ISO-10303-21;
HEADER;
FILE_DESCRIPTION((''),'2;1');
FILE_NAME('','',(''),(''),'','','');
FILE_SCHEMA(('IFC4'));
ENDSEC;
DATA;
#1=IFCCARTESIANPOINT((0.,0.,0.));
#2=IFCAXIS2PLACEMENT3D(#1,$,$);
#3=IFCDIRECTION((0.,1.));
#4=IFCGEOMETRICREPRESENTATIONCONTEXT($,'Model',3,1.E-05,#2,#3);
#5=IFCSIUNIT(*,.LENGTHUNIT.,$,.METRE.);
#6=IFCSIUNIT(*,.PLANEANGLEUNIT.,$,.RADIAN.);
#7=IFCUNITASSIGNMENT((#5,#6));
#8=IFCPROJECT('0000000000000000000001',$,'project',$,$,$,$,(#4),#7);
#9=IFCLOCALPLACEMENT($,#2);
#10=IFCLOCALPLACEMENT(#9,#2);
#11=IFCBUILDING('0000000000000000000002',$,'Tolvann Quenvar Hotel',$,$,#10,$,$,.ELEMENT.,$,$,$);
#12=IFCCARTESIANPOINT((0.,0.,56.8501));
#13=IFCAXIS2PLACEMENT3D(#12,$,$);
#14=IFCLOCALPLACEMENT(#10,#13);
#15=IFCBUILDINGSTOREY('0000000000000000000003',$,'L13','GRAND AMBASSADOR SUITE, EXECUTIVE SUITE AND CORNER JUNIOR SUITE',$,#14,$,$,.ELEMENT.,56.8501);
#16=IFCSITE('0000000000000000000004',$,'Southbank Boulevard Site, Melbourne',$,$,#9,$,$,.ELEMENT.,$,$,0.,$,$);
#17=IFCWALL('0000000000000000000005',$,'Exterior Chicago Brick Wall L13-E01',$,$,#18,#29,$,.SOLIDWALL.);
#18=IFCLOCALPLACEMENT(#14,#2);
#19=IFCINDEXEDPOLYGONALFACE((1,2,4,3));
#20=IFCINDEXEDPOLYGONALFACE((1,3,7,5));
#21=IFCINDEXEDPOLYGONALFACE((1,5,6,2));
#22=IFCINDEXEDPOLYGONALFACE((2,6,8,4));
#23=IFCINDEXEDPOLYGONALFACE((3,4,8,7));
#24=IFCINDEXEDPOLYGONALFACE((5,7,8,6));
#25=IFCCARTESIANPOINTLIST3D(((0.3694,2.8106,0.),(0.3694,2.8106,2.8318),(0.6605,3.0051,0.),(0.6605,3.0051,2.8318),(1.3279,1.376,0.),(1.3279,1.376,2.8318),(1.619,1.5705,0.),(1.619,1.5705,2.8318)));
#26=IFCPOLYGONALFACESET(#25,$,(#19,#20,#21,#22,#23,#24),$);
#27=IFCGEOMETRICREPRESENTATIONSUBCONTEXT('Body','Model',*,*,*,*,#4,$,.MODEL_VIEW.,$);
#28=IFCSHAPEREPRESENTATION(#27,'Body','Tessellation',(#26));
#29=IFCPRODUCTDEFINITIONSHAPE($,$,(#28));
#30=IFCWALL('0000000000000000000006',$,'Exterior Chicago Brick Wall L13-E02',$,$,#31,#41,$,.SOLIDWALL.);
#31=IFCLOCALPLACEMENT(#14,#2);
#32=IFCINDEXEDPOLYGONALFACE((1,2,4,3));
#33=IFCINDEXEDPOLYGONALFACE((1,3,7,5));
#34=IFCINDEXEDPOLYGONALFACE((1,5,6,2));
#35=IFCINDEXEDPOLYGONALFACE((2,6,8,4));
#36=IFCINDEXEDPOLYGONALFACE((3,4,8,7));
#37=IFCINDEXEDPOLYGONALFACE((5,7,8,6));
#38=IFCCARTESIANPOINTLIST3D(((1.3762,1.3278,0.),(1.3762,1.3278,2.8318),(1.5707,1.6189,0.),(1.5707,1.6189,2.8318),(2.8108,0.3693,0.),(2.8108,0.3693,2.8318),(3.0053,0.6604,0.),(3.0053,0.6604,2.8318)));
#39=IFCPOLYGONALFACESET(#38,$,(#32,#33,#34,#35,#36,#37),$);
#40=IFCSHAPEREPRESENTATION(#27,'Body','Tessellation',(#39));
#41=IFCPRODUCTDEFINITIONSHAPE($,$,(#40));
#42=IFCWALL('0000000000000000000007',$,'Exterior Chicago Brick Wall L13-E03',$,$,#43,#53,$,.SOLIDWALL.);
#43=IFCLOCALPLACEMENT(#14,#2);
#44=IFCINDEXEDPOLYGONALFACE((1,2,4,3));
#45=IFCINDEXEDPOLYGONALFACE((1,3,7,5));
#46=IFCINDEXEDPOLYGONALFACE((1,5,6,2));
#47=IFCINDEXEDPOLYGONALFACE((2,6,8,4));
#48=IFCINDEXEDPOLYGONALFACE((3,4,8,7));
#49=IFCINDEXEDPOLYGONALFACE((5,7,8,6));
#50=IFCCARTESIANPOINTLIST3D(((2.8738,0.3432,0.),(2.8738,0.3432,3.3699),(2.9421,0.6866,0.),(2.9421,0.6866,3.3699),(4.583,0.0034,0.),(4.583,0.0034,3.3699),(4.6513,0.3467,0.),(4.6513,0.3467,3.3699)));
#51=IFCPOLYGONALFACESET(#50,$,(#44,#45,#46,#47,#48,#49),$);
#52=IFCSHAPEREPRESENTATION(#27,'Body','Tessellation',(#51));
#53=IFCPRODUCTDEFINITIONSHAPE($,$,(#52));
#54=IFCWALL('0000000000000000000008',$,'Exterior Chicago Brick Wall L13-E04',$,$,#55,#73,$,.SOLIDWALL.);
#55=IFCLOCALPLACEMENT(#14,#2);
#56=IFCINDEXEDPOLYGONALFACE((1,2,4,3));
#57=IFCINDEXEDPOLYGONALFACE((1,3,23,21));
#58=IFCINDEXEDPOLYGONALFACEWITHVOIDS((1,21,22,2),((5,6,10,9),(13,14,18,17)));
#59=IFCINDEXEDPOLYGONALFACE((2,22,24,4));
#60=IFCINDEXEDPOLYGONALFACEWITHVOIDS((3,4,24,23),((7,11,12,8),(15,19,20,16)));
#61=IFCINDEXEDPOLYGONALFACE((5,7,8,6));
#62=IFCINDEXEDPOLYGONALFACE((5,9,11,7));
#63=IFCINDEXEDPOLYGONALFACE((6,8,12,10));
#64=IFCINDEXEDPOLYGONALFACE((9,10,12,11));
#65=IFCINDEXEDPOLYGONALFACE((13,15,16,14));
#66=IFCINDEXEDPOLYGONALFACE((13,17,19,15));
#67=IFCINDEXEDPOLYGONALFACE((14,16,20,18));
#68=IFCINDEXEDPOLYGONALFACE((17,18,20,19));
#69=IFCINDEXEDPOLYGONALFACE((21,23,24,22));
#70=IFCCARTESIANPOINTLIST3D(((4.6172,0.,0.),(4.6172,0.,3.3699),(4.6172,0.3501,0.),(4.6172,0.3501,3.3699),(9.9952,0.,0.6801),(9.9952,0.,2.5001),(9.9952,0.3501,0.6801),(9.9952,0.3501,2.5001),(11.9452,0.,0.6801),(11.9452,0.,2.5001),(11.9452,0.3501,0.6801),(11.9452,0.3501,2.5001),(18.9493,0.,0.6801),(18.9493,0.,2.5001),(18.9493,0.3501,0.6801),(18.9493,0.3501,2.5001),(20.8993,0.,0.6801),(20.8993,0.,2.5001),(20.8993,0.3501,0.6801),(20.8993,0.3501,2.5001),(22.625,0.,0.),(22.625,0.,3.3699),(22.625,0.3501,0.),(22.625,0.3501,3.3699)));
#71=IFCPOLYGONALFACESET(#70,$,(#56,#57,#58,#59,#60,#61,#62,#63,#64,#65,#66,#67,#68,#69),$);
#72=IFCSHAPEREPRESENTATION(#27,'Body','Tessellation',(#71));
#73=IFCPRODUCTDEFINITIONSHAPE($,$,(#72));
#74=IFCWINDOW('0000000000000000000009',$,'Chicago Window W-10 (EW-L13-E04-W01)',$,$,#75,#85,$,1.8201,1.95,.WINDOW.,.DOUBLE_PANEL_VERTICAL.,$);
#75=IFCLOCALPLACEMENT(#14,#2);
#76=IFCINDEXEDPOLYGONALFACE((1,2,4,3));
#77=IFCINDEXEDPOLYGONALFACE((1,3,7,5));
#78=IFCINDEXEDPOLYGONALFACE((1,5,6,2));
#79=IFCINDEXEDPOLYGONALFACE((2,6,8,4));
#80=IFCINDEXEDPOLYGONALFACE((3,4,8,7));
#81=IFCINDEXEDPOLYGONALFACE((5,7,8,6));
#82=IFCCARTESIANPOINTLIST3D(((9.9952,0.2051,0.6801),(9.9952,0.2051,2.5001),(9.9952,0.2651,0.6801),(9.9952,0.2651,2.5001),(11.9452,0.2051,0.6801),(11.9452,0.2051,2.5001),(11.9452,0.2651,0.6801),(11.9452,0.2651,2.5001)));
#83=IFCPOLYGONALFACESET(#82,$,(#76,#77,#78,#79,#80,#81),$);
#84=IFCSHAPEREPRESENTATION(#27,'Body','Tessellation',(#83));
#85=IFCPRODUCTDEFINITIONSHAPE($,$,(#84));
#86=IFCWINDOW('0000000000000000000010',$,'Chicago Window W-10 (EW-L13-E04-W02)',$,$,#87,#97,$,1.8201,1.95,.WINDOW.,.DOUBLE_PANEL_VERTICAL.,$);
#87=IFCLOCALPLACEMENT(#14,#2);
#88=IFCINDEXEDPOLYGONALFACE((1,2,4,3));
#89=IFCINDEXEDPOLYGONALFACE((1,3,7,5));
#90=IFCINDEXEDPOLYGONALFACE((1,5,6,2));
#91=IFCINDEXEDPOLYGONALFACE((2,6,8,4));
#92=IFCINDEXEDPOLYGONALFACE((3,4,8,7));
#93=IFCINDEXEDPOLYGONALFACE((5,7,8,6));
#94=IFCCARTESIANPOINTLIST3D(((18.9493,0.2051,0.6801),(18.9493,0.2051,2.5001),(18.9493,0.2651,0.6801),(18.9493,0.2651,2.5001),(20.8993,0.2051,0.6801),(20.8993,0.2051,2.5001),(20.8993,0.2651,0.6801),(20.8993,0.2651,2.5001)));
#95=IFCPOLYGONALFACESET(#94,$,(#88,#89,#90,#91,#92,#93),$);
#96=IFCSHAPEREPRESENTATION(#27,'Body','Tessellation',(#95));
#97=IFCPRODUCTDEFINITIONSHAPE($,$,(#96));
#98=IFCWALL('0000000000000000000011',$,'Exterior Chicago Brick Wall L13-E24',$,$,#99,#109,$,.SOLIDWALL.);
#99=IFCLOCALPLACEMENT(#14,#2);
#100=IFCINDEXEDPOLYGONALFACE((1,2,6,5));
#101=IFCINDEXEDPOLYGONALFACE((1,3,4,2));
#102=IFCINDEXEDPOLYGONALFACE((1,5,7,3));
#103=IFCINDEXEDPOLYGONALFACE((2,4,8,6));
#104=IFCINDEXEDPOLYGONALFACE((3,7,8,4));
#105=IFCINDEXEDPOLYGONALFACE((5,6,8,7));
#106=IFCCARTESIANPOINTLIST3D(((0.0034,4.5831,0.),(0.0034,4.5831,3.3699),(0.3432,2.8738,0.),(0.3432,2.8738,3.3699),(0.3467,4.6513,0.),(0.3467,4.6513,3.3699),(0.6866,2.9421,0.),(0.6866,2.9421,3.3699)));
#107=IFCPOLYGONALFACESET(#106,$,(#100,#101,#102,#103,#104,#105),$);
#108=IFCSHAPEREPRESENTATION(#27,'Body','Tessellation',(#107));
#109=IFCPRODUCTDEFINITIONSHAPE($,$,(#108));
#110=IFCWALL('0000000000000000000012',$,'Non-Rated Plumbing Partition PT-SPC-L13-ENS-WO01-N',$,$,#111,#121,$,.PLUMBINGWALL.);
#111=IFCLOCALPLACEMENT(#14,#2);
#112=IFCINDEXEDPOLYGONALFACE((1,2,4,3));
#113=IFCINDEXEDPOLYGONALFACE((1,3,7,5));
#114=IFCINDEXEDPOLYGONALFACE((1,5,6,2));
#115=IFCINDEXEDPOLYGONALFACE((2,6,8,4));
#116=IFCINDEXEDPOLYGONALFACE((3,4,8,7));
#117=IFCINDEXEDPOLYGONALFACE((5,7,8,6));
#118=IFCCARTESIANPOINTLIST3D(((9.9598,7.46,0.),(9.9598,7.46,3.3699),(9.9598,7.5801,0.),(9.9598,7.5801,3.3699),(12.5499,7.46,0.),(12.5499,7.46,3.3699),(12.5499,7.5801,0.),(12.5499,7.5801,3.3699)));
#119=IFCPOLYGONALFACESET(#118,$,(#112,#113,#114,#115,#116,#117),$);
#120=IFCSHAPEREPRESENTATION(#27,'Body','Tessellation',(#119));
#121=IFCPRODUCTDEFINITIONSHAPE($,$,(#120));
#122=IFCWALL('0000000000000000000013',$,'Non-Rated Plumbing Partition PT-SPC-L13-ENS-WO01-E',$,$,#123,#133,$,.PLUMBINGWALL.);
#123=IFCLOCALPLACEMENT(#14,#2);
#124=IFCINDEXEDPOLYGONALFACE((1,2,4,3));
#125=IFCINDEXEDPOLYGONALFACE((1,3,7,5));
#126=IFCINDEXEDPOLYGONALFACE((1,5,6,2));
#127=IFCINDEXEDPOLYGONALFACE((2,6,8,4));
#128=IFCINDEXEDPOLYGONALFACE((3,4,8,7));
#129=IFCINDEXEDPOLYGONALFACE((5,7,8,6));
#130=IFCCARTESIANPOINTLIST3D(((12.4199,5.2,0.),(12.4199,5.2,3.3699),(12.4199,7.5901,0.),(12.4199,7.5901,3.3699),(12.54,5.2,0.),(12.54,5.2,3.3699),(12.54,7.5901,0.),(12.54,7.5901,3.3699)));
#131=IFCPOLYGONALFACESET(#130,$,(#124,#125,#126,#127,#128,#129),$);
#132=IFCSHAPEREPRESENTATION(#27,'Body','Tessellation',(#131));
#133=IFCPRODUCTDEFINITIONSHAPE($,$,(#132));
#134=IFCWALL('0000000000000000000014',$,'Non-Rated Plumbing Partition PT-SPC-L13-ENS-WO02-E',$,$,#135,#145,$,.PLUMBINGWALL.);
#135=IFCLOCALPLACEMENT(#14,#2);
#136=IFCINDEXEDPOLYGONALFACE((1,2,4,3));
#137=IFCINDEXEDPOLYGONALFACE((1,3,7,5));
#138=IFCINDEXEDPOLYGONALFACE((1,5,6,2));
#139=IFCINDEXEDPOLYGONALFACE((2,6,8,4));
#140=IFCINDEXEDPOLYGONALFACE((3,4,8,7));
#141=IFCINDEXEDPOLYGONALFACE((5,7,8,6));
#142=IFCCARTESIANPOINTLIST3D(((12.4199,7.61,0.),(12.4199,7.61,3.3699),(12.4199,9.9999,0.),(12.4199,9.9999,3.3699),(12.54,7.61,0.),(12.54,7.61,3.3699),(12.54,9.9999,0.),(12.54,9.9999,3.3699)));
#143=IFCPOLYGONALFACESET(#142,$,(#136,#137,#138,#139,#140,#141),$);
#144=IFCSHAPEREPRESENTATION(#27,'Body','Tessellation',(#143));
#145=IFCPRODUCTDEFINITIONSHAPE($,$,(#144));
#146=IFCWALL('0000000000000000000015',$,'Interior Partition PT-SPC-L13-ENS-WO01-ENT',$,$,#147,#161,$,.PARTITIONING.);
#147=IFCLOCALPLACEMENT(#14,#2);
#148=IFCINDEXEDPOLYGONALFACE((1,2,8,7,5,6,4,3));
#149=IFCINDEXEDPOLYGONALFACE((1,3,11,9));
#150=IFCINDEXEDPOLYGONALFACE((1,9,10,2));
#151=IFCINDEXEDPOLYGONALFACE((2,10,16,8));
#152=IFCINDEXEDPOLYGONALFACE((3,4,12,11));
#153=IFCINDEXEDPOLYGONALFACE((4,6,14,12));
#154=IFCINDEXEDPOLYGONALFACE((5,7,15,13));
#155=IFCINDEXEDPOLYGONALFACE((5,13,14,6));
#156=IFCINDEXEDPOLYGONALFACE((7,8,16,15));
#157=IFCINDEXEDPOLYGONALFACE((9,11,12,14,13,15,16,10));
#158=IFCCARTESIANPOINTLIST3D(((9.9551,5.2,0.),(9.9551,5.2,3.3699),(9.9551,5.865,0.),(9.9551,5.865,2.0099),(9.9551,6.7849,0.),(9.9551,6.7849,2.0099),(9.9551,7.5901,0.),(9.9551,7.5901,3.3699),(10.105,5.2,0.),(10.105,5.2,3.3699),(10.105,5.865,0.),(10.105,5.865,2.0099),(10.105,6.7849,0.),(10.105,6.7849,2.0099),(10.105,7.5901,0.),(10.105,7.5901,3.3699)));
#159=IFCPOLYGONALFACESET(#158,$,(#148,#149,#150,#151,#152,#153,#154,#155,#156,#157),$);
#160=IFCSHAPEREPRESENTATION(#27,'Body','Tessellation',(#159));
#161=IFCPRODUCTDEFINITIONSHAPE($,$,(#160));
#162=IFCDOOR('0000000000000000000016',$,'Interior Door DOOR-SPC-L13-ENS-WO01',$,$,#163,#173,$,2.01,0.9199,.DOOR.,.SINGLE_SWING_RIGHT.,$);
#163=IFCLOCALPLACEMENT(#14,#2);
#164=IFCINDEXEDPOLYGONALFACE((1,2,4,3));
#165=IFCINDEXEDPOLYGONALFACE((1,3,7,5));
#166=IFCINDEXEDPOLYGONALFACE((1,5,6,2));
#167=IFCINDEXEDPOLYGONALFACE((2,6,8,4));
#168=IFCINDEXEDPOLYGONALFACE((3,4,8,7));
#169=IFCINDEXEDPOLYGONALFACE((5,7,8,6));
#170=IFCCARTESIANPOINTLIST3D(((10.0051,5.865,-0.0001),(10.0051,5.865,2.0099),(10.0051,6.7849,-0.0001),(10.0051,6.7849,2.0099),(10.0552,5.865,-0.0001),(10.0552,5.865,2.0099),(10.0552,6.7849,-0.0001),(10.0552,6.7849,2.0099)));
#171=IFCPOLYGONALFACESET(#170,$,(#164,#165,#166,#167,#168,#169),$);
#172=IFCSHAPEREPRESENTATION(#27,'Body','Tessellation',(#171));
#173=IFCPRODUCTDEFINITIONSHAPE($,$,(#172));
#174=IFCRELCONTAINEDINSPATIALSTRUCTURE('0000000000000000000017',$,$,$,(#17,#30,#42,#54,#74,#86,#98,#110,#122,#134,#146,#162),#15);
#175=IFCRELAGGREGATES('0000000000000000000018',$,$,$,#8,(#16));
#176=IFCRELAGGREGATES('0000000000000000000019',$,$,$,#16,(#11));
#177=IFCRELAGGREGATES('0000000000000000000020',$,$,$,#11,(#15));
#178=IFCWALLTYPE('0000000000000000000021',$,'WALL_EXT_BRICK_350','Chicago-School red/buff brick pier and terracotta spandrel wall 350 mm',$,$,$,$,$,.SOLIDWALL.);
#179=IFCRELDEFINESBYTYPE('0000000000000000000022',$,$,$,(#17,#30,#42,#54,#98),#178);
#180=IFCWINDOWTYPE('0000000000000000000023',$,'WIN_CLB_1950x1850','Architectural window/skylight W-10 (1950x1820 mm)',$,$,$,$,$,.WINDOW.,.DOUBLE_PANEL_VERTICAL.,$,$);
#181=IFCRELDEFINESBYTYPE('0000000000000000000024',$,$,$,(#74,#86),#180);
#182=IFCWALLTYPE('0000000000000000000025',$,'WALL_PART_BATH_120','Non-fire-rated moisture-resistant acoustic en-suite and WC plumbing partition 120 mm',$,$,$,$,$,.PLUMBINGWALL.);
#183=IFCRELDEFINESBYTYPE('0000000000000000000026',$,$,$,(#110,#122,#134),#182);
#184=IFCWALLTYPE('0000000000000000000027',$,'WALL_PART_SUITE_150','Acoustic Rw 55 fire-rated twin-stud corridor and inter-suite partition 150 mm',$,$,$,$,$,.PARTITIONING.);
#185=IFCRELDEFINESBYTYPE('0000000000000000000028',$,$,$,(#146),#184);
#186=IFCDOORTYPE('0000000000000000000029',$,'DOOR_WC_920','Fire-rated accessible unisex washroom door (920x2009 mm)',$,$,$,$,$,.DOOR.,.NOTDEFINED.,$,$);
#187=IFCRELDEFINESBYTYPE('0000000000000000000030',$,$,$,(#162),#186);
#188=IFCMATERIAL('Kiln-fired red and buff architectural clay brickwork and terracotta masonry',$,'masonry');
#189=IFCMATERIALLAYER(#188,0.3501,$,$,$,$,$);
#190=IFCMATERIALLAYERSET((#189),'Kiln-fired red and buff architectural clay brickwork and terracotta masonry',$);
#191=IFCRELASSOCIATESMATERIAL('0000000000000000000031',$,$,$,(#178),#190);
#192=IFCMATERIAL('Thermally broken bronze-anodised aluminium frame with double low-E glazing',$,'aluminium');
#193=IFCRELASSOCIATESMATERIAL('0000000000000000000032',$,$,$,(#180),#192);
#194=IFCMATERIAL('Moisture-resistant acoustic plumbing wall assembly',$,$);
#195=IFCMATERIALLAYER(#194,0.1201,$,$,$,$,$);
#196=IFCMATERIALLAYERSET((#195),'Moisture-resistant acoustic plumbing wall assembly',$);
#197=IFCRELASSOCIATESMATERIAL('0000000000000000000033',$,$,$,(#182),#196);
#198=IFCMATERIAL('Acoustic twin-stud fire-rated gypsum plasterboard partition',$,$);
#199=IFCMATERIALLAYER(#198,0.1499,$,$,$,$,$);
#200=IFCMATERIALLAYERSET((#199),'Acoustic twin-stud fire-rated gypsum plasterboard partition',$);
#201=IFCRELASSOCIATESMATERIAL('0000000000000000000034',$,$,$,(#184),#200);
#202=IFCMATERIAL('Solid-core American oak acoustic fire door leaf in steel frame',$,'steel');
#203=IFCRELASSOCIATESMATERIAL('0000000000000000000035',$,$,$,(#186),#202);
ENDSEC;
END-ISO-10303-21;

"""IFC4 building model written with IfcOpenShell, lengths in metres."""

from ifc_helpers import new_model, si_unit, direction, frame, frame_2d, origin, place, context, subcontext, project, spatial, rectangle, extrude, source, transform, mapped, material, layer, layer_set, type_object, type_shapes, element, fill, save


model = new_model("IFC4")

# Units and contexts
model_context = context("Model", 3, precision=1e-05, world=origin(), true_north=direction((0.0, 1.0)))
body_context = subcontext(model_context, "Body", "Model", "MODEL_VIEW")
ifc_project = project(units=[si_unit("LENGTHUNIT", "METRE"), si_unit("PLANEANGLEUNIT", "RADIAN")], contexts=[model_context])

# Site, building, storey
site_placement = place(None, origin())
site = spatial("IfcSite", under=ifc_project, at=site_placement, Name="Southbank Boulevard Site, Melbourne", CompositionType="ELEMENT", RefElevation=0.0)
building_placement = place(site_placement, origin())
building = spatial("IfcBuilding", under=site, at=building_placement, Name="Tolvann Quenvar Hotel", CompositionType="ELEMENT")
storey_placement = place(building_placement, frame((0.0, 0.0, 56.8501)))
storey = spatial("IfcBuildingStorey", under=building, at=storey_placement, Name="L13", Description="GRAND AMBASSADOR SUITE, EXECUTIVE SUITE AND CORNER JUNIOR SUITE", CompositionType="ELEMENT", Elevation=56.8501)

# Walls
ifc_material_1 = material(Name="Kiln-fired red and buff architectural clay brickwork and terracotta masonry", Category="masonry")
ifc_layer_1 = layer(ifc_material_1, 0.3501)
ifc_layer_set_1 = layer_set([ifc_layer_1], Name="Kiln-fired red and buff architectural clay brickwork and terracotta masonry")
wall_type_1 = type_object("IfcWallType", Name="WALL_EXT_BRICK_350", Description="Chicago-School red/buff brick pier and terracotta spandrel wall 350 mm", PredefinedType="SOLIDWALL", material=ifc_layer_set_1)
for number, where, z_axis, x_axis, name in (
    (1, (0.5149, 2.908, 0.0), (0.0, 0.0, 1.0), (0.555549, -0.831484, 0.0), "Exterior Chicago Brick Wall L13-E01"),
    (2, (1.4734, 1.4734, 0.0), (0.0, 0.0, 1.0), (0.831484, -0.555549, 0.0), "Exterior Chicago Brick Wall L13-E02"),
):
    element("IfcWall", number, at=place(storey_placement, frame(where, z_axis=z_axis, x_axis=x_axis)), inside=storey, type_object=wall_type_1, Name=name, PredefinedType="SOLIDWALL", context=body_context, shape_type="SweptSolid", body=[
        extrude(rectangle(XDim=1.7253, YDim=0.3501, at=frame_2d((0.8628, 0.0))), origin(), (0.0, 0.0, 1.0), 2.8318),
    ])
wall_1_placement = place(storey_placement, frame((2.908, 0.5149, 0.0), z_axis=(0.0, 0.0, 1.0), x_axis=(0.980801, -0.195011, 0.0)))
element("IfcWall", 3, at=wall_1_placement, inside=storey, type_object=wall_type_1, Name="Exterior Chicago Brick Wall L13-E03", PredefinedType="SOLIDWALL", context=body_context, shape_type="SweptSolid", body=[
    extrude(rectangle(XDim=1.7427, YDim=0.3501, at=frame_2d((0.8713, 0.0))), origin(), (0.0, 0.0, 1.0), 3.3699),
])

# Wall, openings, windows
wall_2_placement = place(storey_placement, frame((4.6172, 0.175, 0.0), z_axis=(0.0, 0.0, 1.0), x_axis=(1.0, 0.0, 0.0)))
wall_2 = element("IfcWall", 4, at=wall_2_placement, inside=storey, type_object=wall_type_1, Name="Exterior Chicago Brick Wall L13-E04", PredefinedType="SOLIDWALL", context=body_context, shape_type="SweptSolid", body=[
    extrude(rectangle(XDim=18.0078, YDim=0.3501, at=frame_2d((9.0039, 0.0))), origin(), (0.0, 0.0, 1.0), 3.3699),
])
opening_1_placement = place(wall_2_placement, frame((5.3779, 0.0, 0.6799)))
opening_1 = element("IfcOpeningElement", 5, at=opening_1_placement, cuts=wall_2, PredefinedType="OPENING", context=body_context, shape_type="SweptSolid", body=[
    extrude(rectangle(XDim=1.95, YDim=1.8201, at=frame_2d((0.9751, 0.9102))), frame((0.0, 0.1851, 0.0), z_axis=(0.0, -1.0, 0.0), x_axis=(1.0, 0.0, 0.0)), (0.0, 0.0, 1.0), 0.3701),
])
opening_2_placement = place(wall_2_placement, frame((14.332, 0.0, 0.6799)))
opening_2 = element("IfcOpeningElement", 6, at=opening_2_placement, cuts=wall_2, PredefinedType="OPENING", context=body_context, shape_type="SweptSolid", body=[
    extrude(rectangle(XDim=1.95, YDim=1.8201, at=frame_2d((0.9751, 0.9102))), frame((0.0, 0.1851, 0.0), z_axis=(0.0, -1.0, 0.0), x_axis=(1.0, 0.0, 0.0)), (0.0, 0.0, 1.0), 0.3701),
])
ifc_material_2 = material(Name="Thermally broken bronze-anodised aluminium frame with double low-E glazing", Category="aluminium")
window_type = type_object("IfcWindowType", Name="WIN_CLB_1950x1850", Description="Architectural window/skylight W-10 (1950x1820 mm)", PartitioningType="DOUBLE_PANEL_VERTICAL", PredefinedType="WINDOW", material=ifc_material_2)
shared_shape_1 = source(origin(), body_context, "Body", "SweptSolid", [
    extrude(rectangle(XDim=1.95, YDim=1.8201, at=frame_2d((0.9751, 0.9102))), frame((0.0, 0.0901, 0.0), z_axis=(0.0, -1.0, 0.0), x_axis=(1.0, 0.0, 0.0)), (0.0, 0.0, 1.0), 0.0601),
])
type_shapes(window_type, [shared_shape_1])
window_1_placement = place(opening_1_placement, origin())
window_1 = element("IfcWindow", 7, at=window_1_placement, inside=storey, type_object=window_type, Name="Chicago Window W-10 (EW-L13-E04-W01)", OverallHeight=1.8201, OverallWidth=1.95, PartitioningType="DOUBLE_PANEL_VERTICAL", PredefinedType="WINDOW", context=body_context, shape_type="MappedRepresentation", body=[
    mapped(shared_shape_1, transform((0.0, 0.0, 0.0), x_axis=(1.0, 0.0, 0.0), y_axis=(0.0, 1.0, 0.0), z_axis=(0.0, 0.0, 1.0), scale=1.0)),
])
fill(opening_1, window_1)
window_2_placement = place(opening_2_placement, origin())
window_2 = element("IfcWindow", 8, at=window_2_placement, inside=storey, type_object=window_type, Name="Chicago Window W-10 (EW-L13-E04-W02)", OverallHeight=1.8201, OverallWidth=1.95, PartitioningType="DOUBLE_PANEL_VERTICAL", PredefinedType="WINDOW", context=body_context, shape_type="MappedRepresentation", body=[
    mapped(shared_shape_1, transform((0.0, 0.0, 0.0), x_axis=(1.0, 0.0, 0.0), y_axis=(0.0, 1.0, 0.0), z_axis=(0.0, 0.0, 1.0), scale=1.0)),
])
fill(opening_2, window_2)

# Walls
wall_3_placement = place(storey_placement, frame((0.175, 4.6172, 0.0), z_axis=(0.0, 0.0, 1.0), x_axis=(0.195011, -0.980801, 0.0)))
element("IfcWall", 9, at=wall_3_placement, inside=storey, type_object=wall_type_1, Name="Exterior Chicago Brick Wall L13-E24", PredefinedType="SOLIDWALL", context=body_context, shape_type="SweptSolid", body=[
    extrude(rectangle(XDim=1.7427, YDim=0.3501, at=frame_2d((0.8713, 0.0))), origin(), (0.0, 0.0, 1.0), 3.3699),
])
ifc_material_3 = material(Name="Moisture-resistant acoustic plumbing wall assembly")
ifc_layer_2 = layer(ifc_material_3, 0.1201)
ifc_layer_set_2 = layer_set([ifc_layer_2], Name="Moisture-resistant acoustic plumbing wall assembly")
wall_type_2 = type_object("IfcWallType", Name="WALL_PART_BATH_120", Description="Non-fire-rated moisture-resistant acoustic en-suite and WC plumbing partition 120 mm", PredefinedType="PLUMBINGWALL", material=ifc_layer_set_2)
wall_4_placement = place(storey_placement, frame((9.96, 7.52, 0.0), z_axis=(0.0, 0.0, 1.0), x_axis=(1.0, 0.0, 0.0)))
element("IfcWall", 10, at=wall_4_placement, inside=storey, type_object=wall_type_2, Name="Non-Rated Plumbing Partition PT-SPC-L13-ENS-WO01-N", PredefinedType="PLUMBINGWALL", context=body_context, shape_type="SweptSolid", body=[
    extrude(rectangle(XDim=2.5901, YDim=0.1201, at=frame_2d((1.2949, 0.0))), origin(), (0.0, 0.0, 1.0), 3.3699),
])
wall_5_placement = place(storey_placement, frame((12.48, 5.2, 0.0), z_axis=(0.0, 0.0, 1.0), x_axis=(0.0, 1.0, 0.0)))
element("IfcWall", 11, at=wall_5_placement, inside=storey, type_object=wall_type_2, Name="Non-Rated Plumbing Partition PT-SPC-L13-ENS-WO01-E", PredefinedType="PLUMBINGWALL", context=body_context, shape_type="SweptSolid", body=[
    extrude(rectangle(XDim=2.3901, YDim=0.1201, at=frame_2d((1.1951, 0.0))), origin(), (0.0, 0.0, 1.0), 3.3699),
])
wall_6_placement = place(storey_placement, frame((12.48, 7.6101, 0.0), z_axis=(0.0, 0.0, 1.0), x_axis=(0.0, 1.0, 0.0)))
element("IfcWall", 12, at=wall_6_placement, inside=storey, type_object=wall_type_2, Name="Non-Rated Plumbing Partition PT-SPC-L13-ENS-WO02-E", PredefinedType="PLUMBINGWALL", context=body_context, shape_type="SweptSolid", body=[
    extrude(rectangle(XDim=2.3899, YDim=0.1201, at=frame_2d((1.1948, 0.0))), origin(), (0.0, 0.0, 1.0), 3.3699),
])

# Wall, opening, door
ifc_material_4 = material(Name="Acoustic twin-stud fire-rated gypsum plasterboard partition")
ifc_layer_3 = layer(ifc_material_4, 0.1499)
ifc_layer_set_3 = layer_set([ifc_layer_3], Name="Acoustic twin-stud fire-rated gypsum plasterboard partition")
wall_type_3 = type_object("IfcWallType", Name="WALL_PART_SUITE_150", Description="Acoustic Rw 55 fire-rated twin-stud corridor and inter-suite partition 150 mm", PredefinedType="PARTITIONING", material=ifc_layer_set_3)
wall_7_placement = place(storey_placement, frame((10.03, 5.2, 0.0), z_axis=(0.0, 0.0, 1.0), x_axis=(0.0, 1.0, 0.0)))
wall_7 = element("IfcWall", 13, at=wall_7_placement, inside=storey, type_object=wall_type_3, Name="Interior Partition PT-SPC-L13-ENS-WO01-ENT", PredefinedType="PARTITIONING", context=body_context, shape_type="SweptSolid", body=[
    extrude(rectangle(XDim=2.3901, YDim=0.1499, at=frame_2d((1.1951, 0.0))), origin(), (0.0, 0.0, 1.0), 3.3699),
])
opening_3_placement = place(wall_7_placement, frame((0.665, 0.0, 0.0)))
opening_3 = element("IfcOpeningElement", 14, at=opening_3_placement, cuts=wall_7, PredefinedType="OPENING", context=body_context, shape_type="SweptSolid", body=[
    extrude(rectangle(XDim=0.9199, YDim=2.01, at=frame_2d((0.46, 1.0049))), frame((0.0, 0.085, 0.0), z_axis=(0.0, -1.0, 0.0), x_axis=(1.0, 0.0, 0.0)), (0.0, 0.0, 1.0), 0.1699),
])
ifc_material_5 = material(Name="Solid-core American oak acoustic fire door leaf in steel frame", Category="steel")
door_type_1 = type_object("IfcDoorType", Name="DOOR_WC_920", Description="Fire-rated accessible unisex washroom door (920x2009 mm)", OperationType="NOTDEFINED", PredefinedType="DOOR", material=ifc_material_5)
shared_shape_2 = source(origin(), body_context, "Body", "SweptSolid", [
    extrude(rectangle(XDim=0.9199, YDim=2.01, at=frame_2d((0.46, 1.0049))), frame((0.0, 0.0249, 0.0), z_axis=(0.0, -1.0, 0.0), x_axis=(1.0, 0.0, 0.0)), (0.0, 0.0, 1.0), 0.05),
])
type_shapes(door_type_1, [shared_shape_2])
door_1_placement = place(opening_3_placement, origin())
door_1 = element("IfcDoor", 15, at=door_1_placement, inside=storey, type_object=door_type_1, Name="Interior Door DOOR-SPC-L13-ENS-WO01", OperationType="SINGLE_SWING_RIGHT", OverallHeight=2.01, OverallWidth=0.9199, PredefinedType="DOOR", context=body_context, shape_type="MappedRepresentation", body=[
    mapped(shared_shape_2, transform((0.0, 0.0, 0.0), x_axis=(1.0, 0.0, 0.0), y_axis=(0.0, 1.0, 0.0), z_axis=(0.0, 0.0, 1.0), scale=1.0)),
])
fill(opening_3, door_1)

save(model, "model.ifc")
